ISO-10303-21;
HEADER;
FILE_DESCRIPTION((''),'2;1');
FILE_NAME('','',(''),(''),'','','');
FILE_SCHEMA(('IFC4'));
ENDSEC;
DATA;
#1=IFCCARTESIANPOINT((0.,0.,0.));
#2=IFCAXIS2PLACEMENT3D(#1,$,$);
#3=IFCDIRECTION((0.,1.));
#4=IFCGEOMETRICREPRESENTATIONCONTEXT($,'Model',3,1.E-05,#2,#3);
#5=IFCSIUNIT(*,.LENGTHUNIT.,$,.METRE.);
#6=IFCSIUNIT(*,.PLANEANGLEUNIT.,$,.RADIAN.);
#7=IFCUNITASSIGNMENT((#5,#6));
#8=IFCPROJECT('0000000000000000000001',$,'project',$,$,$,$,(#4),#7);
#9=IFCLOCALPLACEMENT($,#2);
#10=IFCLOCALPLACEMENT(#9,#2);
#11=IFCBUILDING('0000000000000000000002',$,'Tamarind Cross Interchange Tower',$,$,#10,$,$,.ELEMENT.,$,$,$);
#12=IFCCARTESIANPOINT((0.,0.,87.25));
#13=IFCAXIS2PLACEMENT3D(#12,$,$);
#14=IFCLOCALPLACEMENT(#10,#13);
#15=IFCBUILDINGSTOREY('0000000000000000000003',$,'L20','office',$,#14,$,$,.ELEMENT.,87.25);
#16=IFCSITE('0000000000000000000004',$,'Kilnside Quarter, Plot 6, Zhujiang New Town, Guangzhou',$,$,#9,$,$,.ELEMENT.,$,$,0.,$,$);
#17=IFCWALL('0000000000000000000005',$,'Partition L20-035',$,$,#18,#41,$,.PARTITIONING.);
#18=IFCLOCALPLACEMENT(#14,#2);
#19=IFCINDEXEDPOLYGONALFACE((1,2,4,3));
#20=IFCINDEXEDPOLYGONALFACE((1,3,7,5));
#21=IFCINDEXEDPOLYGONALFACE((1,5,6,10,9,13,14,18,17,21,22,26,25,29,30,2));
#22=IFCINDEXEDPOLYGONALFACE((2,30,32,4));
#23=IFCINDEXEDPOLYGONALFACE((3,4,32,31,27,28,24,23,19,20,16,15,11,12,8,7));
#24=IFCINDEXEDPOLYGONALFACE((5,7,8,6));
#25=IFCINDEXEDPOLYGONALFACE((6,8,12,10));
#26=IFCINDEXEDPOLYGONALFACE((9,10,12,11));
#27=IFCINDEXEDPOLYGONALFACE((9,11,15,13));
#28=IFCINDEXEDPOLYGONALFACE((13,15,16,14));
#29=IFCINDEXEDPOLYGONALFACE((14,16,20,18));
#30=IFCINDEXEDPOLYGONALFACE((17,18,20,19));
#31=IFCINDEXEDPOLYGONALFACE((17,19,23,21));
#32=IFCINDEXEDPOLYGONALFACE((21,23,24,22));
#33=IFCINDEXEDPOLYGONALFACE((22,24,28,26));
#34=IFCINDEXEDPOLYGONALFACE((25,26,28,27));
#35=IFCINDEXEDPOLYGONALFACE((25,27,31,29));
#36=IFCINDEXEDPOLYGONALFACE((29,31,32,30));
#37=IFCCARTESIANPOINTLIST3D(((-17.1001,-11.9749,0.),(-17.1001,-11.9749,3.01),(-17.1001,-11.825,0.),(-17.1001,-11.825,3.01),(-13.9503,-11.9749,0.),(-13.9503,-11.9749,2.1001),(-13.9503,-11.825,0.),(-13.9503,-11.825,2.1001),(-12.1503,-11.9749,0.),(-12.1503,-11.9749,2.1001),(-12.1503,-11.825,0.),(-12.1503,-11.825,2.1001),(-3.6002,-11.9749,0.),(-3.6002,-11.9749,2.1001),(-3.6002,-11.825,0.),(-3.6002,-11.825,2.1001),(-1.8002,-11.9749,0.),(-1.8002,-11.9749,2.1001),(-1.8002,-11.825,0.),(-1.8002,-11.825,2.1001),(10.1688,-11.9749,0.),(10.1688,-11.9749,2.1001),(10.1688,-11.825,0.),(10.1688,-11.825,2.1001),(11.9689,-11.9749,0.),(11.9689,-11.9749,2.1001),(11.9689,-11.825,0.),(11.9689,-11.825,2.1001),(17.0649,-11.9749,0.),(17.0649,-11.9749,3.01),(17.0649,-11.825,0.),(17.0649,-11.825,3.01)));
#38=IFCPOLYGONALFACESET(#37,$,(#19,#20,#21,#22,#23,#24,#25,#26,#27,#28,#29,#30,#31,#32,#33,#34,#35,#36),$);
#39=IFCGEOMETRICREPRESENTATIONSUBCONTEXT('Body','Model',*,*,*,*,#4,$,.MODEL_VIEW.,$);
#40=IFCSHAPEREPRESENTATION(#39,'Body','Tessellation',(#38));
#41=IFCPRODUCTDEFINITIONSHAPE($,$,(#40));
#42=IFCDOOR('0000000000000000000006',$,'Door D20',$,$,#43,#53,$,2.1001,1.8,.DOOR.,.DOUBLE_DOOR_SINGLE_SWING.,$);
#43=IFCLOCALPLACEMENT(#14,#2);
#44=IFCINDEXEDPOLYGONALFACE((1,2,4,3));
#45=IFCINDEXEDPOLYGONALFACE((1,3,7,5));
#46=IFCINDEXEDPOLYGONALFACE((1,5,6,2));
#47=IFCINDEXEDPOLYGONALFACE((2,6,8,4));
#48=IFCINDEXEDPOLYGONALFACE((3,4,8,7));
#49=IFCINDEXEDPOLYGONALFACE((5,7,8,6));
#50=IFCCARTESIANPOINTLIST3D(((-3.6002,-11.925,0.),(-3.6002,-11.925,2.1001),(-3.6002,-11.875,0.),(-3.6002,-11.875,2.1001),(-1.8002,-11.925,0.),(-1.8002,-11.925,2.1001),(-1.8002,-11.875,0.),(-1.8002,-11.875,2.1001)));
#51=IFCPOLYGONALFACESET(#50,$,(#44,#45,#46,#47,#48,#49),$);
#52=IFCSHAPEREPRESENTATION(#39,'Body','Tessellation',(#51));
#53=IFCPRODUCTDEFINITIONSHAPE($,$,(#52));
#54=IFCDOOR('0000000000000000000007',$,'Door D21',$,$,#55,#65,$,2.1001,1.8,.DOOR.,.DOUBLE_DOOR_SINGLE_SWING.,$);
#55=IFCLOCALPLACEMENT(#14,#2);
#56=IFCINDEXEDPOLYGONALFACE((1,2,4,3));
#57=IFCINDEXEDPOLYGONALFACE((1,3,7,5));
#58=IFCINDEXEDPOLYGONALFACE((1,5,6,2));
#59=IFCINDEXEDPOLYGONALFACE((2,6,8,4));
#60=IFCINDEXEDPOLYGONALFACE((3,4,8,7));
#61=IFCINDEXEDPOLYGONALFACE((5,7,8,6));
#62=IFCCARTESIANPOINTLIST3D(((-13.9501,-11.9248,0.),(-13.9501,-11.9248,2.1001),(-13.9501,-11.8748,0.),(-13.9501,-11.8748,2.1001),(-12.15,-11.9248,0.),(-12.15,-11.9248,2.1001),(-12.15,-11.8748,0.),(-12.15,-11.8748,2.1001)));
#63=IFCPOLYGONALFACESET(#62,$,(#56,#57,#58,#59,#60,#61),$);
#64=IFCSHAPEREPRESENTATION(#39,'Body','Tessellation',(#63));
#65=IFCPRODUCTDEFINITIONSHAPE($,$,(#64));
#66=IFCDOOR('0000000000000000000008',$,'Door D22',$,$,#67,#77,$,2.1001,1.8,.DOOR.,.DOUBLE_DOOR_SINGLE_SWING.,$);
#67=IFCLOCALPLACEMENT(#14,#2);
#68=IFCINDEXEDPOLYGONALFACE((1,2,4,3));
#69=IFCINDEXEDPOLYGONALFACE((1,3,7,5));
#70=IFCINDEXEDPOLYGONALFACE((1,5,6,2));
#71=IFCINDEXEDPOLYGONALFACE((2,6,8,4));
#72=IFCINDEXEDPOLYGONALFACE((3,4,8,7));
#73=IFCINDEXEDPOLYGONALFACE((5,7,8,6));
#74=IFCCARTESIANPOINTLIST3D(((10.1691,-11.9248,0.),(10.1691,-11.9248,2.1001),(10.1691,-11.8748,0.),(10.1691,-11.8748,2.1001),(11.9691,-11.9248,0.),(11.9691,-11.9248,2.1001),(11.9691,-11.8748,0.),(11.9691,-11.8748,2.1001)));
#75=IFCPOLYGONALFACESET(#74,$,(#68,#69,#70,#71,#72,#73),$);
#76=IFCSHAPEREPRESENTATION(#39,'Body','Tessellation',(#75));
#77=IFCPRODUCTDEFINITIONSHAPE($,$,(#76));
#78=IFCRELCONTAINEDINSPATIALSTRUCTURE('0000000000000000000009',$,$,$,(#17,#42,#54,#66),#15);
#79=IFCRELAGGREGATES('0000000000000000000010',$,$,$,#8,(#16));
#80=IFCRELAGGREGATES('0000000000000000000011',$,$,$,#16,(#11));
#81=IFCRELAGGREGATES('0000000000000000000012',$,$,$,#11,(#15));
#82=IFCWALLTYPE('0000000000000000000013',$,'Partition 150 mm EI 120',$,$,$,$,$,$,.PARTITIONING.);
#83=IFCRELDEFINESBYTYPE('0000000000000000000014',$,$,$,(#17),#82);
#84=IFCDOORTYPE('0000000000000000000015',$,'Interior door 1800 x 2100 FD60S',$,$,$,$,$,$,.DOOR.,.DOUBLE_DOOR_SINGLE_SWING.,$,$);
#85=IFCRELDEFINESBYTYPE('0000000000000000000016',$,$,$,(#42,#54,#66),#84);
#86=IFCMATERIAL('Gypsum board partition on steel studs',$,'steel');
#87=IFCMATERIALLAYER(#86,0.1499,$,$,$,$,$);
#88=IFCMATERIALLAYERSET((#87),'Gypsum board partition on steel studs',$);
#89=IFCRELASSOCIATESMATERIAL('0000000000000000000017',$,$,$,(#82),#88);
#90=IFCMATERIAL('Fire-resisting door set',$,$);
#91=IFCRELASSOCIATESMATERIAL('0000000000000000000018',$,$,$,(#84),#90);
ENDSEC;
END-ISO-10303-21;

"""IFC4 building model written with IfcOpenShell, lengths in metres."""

from ifc_helpers import new_model, si_unit, direction, frame, frame_2d, origin, place, context, subcontext, project, spatial, rectangle, extrude, material, layer, layer_set, type_object, element, fill, save


model = new_model("IFC4")

# Units and contexts
model_context = context("Model", 3, precision=1e-05, world=origin(), true_north=direction((0.0, 1.0)))
body_context = subcontext(model_context, "Body", "Model", "MODEL_VIEW")
ifc_project = project(units=[si_unit("LENGTHUNIT", "METRE"), si_unit("PLANEANGLEUNIT", "RADIAN")], contexts=[model_context])

# Site, building, storey
site_placement = place(None, origin())
site = spatial("IfcSite", under=ifc_project, at=site_placement, Name="Kilnside Quarter, Plot 6, Zhujiang New Town, Guangzhou", CompositionType="ELEMENT", RefElevation=0.0)
building_placement = place(site_placement, origin())
building = spatial("IfcBuilding", under=site, at=building_placement, Name="Tamarind Cross Interchange Tower", CompositionType="ELEMENT")
storey_placement = place(building_placement, frame((0.0, 0.0, 87.25)))
storey = spatial("IfcBuildingStorey", under=building, at=storey_placement, Name="L20", Description="office", CompositionType="ELEMENT", Elevation=87.25)

# Shared definitions
ifc_material_1 = material(Name="Gypsum board partition on steel studs", Category="steel")

# Wall, openings, doors
ifc_layer_1 = layer(ifc_material_1, 0.1499)
ifc_layer_set_1 = layer_set([ifc_layer_1], Name="Gypsum board partition on steel studs")
wall_type_1 = type_object("IfcWallType", Name="Partition 150 mm EI 120", PredefinedType="PARTITIONING", material=ifc_layer_set_1)
wall_1_placement = place(storey_placement, frame((-17.1001, -11.8999, 0.0), z_axis=(0.0, 0.0, 1.0), x_axis=(1.0, 0.0, 0.0)))
wall_1 = element("IfcWall", 1, at=wall_1_placement, inside=storey, type_object=wall_type_1, Name="Partition L20-035", PredefinedType="PARTITIONING", context=body_context, shape_type="SweptSolid", body=[
    extrude(rectangle(XDim=34.165, YDim=0.1499, at=frame_2d((17.0825, 0.0))), origin(), (0.0, 0.0, 1.0), 3.01),
])
opening_1_placement = place(wall_1_placement, frame((13.5, 0.0, 0.0)))
opening_1 = element("IfcOpeningElement", 2, at=opening_1_placement, cuts=wall_1, PredefinedType="OPENING", context=body_context, shape_type="SweptSolid", body=[
    extrude(rectangle(XDim=1.8, YDim=2.1001, at=frame_2d((0.8999, 1.05))), frame((0.0, 0.085, 0.0), z_axis=(0.0, -1.0, 0.0), x_axis=(1.0, 0.0, 0.0)), (0.0, 0.0, 1.0), 0.1699),
])
opening_2_placement = place(wall_1_placement, frame((3.1499, 0.0, 0.0)))
opening_2 = element("IfcOpeningElement", 3, at=opening_2_placement, cuts=wall_1, PredefinedType="OPENING", context=body_context, shape_type="SweptSolid", body=[
    extrude(rectangle(XDim=1.8, YDim=2.1001, at=frame_2d((0.8999, 1.05))), frame((0.0, 0.085, 0.0), z_axis=(0.0, -1.0, 0.0), x_axis=(1.0, 0.0, 0.0)), (0.0, 0.0, 1.0), 0.1699),
])
opening_3_placement = place(wall_1_placement, frame((27.269, 0.0, 0.0)))
opening_3 = element("IfcOpeningElement", 4, at=opening_3_placement, cuts=wall_1, PredefinedType="OPENING", context=body_context, shape_type="SweptSolid", body=[
    extrude(rectangle(XDim=1.8, YDim=2.1001, at=frame_2d((0.8999, 1.05))), frame((0.0, 0.085, 0.0), z_axis=(0.0, -1.0, 0.0), x_axis=(1.0, 0.0, 0.0)), (0.0, 0.0, 1.0), 0.1699),
])
ifc_material_2 = material(Name="Fire-resisting door set")
door_type = type_object("IfcDoorType", Name="Interior door 1800 x 2100 FD60S", OperationType="DOUBLE_DOOR_SINGLE_SWING", PredefinedType="DOOR", material=ifc_material_2)
door_1_placement = place(opening_1_placement, origin())
door_1 = element("IfcDoor", 5, at=door_1_placement, inside=storey, type_object=door_type, Name="Door D20", OperationType="DOUBLE_DOOR_SINGLE_SWING", OverallHeight=2.1001, OverallWidth=1.8, PredefinedType="DOOR", context=body_context, shape_type="SweptSolid", body=[
    extrude(rectangle(XDim=1.8, YDim=2.1001, at=frame_2d((0.8999, 1.05))), frame((0.0, 0.0249, 0.0), z_axis=(0.0, -1.0, 0.0), x_axis=(1.0, 0.0, 0.0)), (0.0, 0.0, 1.0), 0.05),
])
fill(opening_1, door_1)
door_2_placement = place(opening_2_placement, frame((1.8, 0.0, 0.0), z_axis=(0.0, 0.0, 1.0), x_axis=(-1.0, 0.0, 0.0)))
door_2 = element("IfcDoor", 6, at=door_2_placement, inside=storey, type_object=door_type, Name="Door D21", OperationType="DOUBLE_DOOR_SINGLE_SWING", OverallHeight=2.1001, OverallWidth=1.8, PredefinedType="DOOR", context=body_context, shape_type="SweptSolid", body=[
    extrude(rectangle(XDim=1.8, YDim=2.1001, at=frame_2d((0.8999, 1.05))), frame((0.0, 0.0249, 0.0), z_axis=(0.0, -1.0, 0.0), x_axis=(1.0, 0.0, 0.0)), (0.0, 0.0, 1.0), 0.05),
])
fill(opening_2, door_2)
door_3_placement = place(opening_3_placement, frame((1.8, 0.0, 0.0), z_axis=(0.0, 0.0, 1.0), x_axis=(-1.0, 0.0, 0.0)))
door_3 = element("IfcDoor", 7, at=door_3_placement, inside=storey, type_object=door_type, Name="Door D22", OperationType="DOUBLE_DOOR_SINGLE_SWING", OverallHeight=2.1001, OverallWidth=1.8, PredefinedType="DOOR", context=body_context, shape_type="SweptSolid", body=[
    extrude(rectangle(XDim=1.8, YDim=2.1001, at=frame_2d((0.8999, 1.05))), frame((0.0, 0.0249, 0.0), z_axis=(0.0, -1.0, 0.0), x_axis=(1.0, 0.0, 0.0)), (0.0, 0.0, 1.0), 0.05),
])
fill(opening_3, door_3)

save(model, "model.ifc")
